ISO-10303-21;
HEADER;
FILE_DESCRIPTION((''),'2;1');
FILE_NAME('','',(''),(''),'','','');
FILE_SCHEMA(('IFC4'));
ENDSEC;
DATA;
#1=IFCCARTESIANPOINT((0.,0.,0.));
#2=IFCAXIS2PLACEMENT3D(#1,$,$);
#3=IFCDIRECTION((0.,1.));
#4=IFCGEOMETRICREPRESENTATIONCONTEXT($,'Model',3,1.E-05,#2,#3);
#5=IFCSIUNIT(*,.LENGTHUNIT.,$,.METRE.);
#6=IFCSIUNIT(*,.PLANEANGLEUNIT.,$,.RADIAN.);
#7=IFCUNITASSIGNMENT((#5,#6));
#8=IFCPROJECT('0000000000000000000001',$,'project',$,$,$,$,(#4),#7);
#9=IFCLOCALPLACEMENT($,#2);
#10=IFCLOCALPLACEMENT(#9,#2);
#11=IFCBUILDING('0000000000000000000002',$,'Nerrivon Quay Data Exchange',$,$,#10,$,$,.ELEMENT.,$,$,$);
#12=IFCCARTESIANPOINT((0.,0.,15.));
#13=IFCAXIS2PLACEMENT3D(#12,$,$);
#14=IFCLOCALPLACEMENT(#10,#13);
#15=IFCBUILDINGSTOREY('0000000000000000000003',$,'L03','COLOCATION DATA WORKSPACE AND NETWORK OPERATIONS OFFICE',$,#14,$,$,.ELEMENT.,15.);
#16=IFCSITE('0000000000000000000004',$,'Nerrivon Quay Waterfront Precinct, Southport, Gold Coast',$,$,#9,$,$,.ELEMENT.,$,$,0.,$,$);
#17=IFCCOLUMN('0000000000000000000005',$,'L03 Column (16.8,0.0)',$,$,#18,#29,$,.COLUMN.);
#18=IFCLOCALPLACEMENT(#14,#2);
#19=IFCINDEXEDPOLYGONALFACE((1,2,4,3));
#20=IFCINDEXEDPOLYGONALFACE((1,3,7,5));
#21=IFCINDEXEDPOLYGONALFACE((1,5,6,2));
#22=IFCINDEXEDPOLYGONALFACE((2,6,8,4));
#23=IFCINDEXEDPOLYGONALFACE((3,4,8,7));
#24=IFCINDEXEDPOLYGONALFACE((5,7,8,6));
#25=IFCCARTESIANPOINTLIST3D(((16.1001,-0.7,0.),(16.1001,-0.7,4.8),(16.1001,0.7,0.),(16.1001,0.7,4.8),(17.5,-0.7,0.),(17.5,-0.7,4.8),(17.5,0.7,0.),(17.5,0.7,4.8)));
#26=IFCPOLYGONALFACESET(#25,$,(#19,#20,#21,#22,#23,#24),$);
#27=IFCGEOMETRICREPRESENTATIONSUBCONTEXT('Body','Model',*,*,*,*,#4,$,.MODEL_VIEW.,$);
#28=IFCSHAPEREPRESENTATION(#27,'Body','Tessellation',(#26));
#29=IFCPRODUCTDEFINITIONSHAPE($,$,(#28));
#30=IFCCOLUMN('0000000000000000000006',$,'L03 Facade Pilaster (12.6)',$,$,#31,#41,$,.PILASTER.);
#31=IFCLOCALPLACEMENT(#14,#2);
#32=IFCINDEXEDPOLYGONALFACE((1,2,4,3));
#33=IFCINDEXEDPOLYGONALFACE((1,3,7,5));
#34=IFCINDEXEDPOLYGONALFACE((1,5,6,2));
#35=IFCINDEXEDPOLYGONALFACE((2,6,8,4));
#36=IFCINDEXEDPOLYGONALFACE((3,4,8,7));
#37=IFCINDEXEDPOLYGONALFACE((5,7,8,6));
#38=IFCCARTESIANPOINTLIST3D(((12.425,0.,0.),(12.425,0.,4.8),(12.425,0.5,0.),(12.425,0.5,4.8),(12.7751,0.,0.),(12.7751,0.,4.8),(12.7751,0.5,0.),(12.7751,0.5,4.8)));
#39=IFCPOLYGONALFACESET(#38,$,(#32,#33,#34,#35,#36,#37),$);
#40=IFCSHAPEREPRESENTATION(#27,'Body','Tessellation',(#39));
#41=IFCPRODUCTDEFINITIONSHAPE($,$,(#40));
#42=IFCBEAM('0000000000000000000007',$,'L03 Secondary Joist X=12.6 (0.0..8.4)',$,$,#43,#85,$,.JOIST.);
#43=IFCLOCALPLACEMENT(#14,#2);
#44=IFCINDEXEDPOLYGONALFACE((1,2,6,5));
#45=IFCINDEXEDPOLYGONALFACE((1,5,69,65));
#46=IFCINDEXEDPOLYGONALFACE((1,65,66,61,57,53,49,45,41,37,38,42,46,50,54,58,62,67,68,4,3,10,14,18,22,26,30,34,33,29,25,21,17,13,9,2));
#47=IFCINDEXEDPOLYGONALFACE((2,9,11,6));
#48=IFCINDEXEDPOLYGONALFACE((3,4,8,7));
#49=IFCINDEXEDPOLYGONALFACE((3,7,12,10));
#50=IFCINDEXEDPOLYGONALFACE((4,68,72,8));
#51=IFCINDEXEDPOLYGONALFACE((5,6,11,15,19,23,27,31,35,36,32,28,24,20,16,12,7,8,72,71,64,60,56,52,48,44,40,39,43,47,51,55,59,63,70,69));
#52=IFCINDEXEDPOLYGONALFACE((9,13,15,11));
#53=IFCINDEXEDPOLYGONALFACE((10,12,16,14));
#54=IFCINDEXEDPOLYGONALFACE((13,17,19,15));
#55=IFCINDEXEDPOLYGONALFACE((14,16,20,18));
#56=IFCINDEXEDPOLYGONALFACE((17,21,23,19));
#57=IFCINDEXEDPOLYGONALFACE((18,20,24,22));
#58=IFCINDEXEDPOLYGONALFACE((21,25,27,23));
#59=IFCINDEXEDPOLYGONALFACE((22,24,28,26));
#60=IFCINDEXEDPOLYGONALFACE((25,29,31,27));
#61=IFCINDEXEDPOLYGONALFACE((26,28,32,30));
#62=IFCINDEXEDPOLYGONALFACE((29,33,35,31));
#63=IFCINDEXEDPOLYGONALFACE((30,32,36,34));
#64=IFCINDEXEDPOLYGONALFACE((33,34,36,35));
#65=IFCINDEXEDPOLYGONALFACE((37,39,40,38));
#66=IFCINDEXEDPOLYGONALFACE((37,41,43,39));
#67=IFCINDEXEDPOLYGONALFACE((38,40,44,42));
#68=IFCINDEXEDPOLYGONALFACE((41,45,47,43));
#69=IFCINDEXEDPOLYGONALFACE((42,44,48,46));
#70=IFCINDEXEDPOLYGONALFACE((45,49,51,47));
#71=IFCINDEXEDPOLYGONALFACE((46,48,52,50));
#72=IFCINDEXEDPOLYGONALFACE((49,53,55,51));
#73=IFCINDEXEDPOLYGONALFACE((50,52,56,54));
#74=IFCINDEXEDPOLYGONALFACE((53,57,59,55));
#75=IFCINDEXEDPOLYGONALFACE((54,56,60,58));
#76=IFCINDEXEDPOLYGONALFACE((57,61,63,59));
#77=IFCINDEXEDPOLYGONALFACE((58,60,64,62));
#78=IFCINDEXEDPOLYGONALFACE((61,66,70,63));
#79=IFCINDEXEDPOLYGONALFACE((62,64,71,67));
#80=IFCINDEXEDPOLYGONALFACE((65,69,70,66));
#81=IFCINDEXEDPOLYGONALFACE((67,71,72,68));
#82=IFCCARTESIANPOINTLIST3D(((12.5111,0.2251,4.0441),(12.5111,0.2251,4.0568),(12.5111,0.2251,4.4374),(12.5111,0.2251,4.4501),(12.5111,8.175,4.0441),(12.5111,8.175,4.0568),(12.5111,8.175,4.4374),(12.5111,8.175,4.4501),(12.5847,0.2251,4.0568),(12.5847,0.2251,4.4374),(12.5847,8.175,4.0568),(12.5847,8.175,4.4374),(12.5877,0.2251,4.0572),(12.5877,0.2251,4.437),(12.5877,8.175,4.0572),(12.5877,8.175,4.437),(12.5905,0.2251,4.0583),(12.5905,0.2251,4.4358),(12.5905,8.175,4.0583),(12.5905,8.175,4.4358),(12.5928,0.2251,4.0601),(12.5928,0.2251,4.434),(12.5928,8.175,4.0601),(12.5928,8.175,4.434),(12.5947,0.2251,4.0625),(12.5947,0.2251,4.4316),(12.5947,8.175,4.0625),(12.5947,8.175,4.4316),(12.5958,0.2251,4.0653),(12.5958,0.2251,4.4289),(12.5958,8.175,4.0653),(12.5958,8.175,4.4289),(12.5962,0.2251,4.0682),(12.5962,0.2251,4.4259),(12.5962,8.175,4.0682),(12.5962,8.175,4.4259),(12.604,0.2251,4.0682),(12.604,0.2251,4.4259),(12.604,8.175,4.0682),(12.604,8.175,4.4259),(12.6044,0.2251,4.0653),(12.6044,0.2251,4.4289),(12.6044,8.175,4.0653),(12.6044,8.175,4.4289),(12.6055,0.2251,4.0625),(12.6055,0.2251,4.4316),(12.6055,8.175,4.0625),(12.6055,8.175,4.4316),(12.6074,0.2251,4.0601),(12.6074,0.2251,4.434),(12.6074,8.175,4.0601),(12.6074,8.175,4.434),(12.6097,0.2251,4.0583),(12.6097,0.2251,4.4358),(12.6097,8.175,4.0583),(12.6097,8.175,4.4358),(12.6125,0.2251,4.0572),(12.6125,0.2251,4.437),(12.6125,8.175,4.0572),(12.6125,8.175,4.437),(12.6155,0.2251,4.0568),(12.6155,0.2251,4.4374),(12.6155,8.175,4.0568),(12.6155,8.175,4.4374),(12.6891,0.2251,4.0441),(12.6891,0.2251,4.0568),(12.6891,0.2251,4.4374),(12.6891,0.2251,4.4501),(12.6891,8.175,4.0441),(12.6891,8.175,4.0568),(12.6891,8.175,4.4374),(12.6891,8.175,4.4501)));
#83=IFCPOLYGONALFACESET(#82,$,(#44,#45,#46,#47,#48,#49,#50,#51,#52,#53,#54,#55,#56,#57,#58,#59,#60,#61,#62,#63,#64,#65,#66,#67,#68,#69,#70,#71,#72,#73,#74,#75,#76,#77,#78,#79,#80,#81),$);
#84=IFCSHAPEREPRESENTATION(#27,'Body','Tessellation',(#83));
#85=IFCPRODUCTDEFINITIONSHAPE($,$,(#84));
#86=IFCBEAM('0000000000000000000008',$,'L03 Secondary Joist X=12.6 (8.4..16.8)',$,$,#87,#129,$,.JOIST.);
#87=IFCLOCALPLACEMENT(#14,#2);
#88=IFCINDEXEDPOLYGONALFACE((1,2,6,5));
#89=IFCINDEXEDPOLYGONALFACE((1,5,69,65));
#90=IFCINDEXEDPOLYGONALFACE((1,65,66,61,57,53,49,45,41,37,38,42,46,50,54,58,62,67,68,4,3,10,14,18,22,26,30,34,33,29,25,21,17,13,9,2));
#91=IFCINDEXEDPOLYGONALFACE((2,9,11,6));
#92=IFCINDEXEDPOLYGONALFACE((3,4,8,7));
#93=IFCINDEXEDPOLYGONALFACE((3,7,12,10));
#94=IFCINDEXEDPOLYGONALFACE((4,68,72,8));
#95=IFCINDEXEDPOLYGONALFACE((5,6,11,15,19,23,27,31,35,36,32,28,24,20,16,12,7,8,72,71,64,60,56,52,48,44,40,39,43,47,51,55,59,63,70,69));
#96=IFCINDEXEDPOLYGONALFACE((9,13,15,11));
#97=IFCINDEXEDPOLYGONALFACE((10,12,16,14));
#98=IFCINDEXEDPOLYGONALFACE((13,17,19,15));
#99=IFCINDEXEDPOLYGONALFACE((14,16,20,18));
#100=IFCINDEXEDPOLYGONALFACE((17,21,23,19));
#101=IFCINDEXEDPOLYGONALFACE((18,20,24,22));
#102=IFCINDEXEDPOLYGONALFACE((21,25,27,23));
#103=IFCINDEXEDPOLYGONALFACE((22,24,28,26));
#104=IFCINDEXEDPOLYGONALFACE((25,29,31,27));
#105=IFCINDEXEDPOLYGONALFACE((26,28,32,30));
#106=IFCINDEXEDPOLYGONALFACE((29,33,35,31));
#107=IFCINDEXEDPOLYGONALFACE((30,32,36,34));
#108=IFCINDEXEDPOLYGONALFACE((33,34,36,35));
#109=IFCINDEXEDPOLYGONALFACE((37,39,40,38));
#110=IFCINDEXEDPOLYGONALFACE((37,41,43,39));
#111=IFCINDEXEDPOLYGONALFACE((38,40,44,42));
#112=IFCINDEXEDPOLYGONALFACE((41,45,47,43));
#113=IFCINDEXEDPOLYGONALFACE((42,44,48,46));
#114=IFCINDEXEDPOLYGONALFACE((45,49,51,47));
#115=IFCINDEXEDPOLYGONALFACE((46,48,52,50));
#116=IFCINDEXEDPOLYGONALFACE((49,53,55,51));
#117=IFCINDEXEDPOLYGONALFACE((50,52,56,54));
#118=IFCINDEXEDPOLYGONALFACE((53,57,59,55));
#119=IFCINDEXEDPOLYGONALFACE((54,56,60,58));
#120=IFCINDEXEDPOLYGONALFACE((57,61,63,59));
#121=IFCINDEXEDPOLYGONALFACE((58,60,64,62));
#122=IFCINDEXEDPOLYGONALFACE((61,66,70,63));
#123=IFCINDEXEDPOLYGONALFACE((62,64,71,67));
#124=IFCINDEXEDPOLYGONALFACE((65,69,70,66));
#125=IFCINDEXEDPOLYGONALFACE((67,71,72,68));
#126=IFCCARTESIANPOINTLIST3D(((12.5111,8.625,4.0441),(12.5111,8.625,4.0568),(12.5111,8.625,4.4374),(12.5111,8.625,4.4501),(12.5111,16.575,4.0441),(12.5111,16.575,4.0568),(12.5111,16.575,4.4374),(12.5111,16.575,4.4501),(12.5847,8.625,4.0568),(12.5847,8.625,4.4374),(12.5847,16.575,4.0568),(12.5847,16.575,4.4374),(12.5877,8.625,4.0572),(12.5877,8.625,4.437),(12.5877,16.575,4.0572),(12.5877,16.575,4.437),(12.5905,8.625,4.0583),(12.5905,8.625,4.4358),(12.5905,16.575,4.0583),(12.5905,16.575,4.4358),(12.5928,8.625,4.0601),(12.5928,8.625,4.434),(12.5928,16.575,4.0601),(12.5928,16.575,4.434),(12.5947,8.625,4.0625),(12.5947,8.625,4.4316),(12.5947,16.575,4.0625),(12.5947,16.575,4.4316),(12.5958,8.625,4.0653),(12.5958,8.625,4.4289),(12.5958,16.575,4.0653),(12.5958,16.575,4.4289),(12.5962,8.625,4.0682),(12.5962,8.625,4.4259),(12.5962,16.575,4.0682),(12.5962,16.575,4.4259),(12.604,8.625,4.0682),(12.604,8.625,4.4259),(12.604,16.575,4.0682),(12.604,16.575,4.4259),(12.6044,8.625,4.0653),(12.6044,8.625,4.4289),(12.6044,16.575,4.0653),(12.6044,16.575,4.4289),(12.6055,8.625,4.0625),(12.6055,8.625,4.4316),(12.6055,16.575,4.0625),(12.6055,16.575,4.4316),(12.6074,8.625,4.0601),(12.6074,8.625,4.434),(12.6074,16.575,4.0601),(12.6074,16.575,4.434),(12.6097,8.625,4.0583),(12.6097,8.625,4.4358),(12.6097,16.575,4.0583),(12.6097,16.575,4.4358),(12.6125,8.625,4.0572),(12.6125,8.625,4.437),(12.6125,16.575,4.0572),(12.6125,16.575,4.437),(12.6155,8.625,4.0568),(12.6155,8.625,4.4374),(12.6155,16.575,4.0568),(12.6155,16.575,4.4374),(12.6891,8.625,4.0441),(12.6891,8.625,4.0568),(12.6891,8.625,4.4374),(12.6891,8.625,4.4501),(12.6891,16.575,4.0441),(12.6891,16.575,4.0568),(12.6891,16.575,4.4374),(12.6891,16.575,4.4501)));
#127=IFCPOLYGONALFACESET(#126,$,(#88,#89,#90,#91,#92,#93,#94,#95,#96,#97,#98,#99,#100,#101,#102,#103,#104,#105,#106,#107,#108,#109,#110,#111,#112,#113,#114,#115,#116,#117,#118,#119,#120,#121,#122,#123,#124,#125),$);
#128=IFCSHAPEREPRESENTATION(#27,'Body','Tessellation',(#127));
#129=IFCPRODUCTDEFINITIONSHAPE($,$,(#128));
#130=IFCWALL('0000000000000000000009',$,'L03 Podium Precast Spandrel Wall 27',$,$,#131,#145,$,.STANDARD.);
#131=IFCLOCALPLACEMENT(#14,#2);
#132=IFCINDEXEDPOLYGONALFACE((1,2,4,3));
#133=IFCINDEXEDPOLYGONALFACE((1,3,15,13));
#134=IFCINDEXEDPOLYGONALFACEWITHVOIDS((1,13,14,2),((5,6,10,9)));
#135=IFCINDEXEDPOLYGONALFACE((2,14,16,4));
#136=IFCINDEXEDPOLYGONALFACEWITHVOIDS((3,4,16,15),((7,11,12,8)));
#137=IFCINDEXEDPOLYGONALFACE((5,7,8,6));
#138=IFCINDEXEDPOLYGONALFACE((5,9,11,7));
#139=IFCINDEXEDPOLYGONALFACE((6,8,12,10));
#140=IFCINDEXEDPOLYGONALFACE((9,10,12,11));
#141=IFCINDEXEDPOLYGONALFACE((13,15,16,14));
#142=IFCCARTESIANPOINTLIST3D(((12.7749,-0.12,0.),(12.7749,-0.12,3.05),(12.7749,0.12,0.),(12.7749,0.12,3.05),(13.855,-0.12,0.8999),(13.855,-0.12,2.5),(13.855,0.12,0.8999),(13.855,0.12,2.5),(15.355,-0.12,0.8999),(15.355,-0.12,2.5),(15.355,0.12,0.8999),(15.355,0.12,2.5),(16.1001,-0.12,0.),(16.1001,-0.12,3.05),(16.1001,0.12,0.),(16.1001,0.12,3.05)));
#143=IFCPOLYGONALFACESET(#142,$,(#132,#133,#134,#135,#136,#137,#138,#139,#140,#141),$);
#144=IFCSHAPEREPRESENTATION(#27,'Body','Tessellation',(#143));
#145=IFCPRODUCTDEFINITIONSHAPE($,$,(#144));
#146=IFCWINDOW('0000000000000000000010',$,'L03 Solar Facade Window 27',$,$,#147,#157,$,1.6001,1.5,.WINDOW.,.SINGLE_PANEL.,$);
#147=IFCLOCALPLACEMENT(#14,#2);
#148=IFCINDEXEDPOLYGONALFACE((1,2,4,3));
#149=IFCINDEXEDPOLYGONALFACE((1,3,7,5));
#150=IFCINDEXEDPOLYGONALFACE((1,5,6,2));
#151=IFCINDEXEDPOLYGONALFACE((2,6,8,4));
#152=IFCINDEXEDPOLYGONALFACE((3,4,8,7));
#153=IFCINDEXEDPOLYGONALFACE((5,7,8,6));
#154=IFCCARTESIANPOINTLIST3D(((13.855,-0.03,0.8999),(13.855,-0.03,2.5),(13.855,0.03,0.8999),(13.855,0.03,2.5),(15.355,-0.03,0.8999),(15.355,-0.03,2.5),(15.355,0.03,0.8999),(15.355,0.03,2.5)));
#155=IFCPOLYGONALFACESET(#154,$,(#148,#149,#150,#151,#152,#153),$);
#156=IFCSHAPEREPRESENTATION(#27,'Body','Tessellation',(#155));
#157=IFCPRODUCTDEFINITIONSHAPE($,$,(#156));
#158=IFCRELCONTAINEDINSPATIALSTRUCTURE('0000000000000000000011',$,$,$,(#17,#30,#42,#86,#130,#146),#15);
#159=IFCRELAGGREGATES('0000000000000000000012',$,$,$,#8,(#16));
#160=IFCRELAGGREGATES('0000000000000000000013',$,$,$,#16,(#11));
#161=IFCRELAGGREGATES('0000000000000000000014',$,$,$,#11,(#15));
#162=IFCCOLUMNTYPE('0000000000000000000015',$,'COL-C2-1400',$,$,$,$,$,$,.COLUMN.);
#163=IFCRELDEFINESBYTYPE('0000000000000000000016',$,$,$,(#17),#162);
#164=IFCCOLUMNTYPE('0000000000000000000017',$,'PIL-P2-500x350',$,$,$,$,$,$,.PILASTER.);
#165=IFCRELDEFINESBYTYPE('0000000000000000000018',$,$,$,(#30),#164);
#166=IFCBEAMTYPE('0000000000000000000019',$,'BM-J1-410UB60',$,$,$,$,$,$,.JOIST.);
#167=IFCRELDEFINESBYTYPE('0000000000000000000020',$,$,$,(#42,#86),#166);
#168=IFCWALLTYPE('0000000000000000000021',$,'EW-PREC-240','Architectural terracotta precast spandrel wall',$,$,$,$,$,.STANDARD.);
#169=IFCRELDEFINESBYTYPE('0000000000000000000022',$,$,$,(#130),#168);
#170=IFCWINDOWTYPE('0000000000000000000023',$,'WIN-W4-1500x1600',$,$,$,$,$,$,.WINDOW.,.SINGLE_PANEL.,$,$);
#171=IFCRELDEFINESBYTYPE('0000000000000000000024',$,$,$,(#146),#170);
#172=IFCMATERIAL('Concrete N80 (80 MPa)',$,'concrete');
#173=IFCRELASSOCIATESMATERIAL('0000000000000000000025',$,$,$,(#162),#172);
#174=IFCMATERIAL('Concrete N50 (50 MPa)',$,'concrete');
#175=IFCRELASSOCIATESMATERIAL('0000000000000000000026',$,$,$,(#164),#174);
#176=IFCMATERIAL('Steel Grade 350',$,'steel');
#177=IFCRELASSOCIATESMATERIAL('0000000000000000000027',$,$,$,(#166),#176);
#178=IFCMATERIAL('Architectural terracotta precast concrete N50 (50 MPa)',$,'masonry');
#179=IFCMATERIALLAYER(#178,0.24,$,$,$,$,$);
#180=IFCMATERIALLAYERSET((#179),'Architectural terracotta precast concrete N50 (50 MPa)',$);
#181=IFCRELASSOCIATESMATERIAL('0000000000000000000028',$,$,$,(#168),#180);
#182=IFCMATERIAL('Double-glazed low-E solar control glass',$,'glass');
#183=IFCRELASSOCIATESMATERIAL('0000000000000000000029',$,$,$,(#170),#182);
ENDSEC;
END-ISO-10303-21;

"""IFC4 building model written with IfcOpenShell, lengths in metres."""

from ifc_helpers import new_model, si_unit, direction, frame, frame_2d, origin, origin_2d, place, context, subcontext, project, spatial, rectangle, i_section, extrude, material, layer, layer_set, material_profile, profile_set, type_object, element, fill, save


model = new_model("IFC4")

# Units and contexts
model_context = context("Model", 3, precision=1e-05, world=origin(), true_north=direction((0.0, 1.0)))
body_context = subcontext(model_context, "Body", "Model", "MODEL_VIEW")
ifc_project = project(units=[si_unit("LENGTHUNIT", "METRE"), si_unit("PLANEANGLEUNIT", "RADIAN")], contexts=[model_context])

# Site, building, storey
site_placement = place(None, origin())
site = spatial("IfcSite", under=ifc_project, at=site_placement, Name="Nerrivon Quay Waterfront Precinct, Southport, Gold Coast", CompositionType="ELEMENT", RefElevation=0.0)
building_placement = place(site_placement, origin())
building = spatial("IfcBuilding", under=site, at=building_placement, Name="Nerrivon Quay Data Exchange", CompositionType="ELEMENT")
storey_placement = place(building_placement, frame((0.0, 0.0, 15.0)))
storey = spatial("IfcBuildingStorey", under=building, at=storey_placement, Name="L03", Description="COLOCATION DATA WORKSPACE AND NETWORK OPERATIONS OFFICE", CompositionType="ELEMENT", Elevation=15.0)

# Columns
ifc_material_1 = material(Name="Concrete N80 (80 MPa)", Category="concrete")
ifc_material_profile_1 = material_profile(ifc_material_1, rectangle(XDim=1.3999, YDim=1.3999, at=origin_2d()), Name="RC-COL-1400x1400")
ifc_profile_set_1 = profile_set([ifc_material_profile_1], Name="Concrete N80 (80 MPa)")
column_type_1 = type_object("IfcColumnType", Name="COL-C2-1400", PredefinedType="COLUMN", material=ifc_profile_set_1)
column_1_placement = place(storey_placement, frame((16.8, 0.0, 0.0), z_axis=(0.0, 0.0, 1.0), x_axis=(1.0, 0.0, 0.0)))
element("IfcColumn", 1, at=column_1_placement, inside=storey, type_object=column_type_1, Name="L03 Column (16.8,0.0)", PredefinedType="COLUMN", context=body_context, shape_type="SweptSolid", body=[
    extrude(rectangle(XDim=1.3999, YDim=1.3999, at=origin_2d()), origin(), (0.0, 0.0, 1.0), 4.8),
])
ifc_material_2 = material(Name="Concrete N50 (50 MPa)", Category="concrete")
ifc_material_profile_2 = material_profile(ifc_material_2, rectangle(XDim=0.3501, YDim=0.5, at=origin_2d()), Name="RC-PIL-500x350")
ifc_profile_set_2 = profile_set([ifc_material_profile_2], Name="Concrete N50 (50 MPa)")
column_type_2 = type_object("IfcColumnType", Name="PIL-P2-500x350", PredefinedType="PILASTER", material=ifc_profile_set_2)
column_2_placement = place(storey_placement, frame((12.6001, 0.25, 0.0), z_axis=(0.0, 0.0, 1.0), x_axis=(1.0, 0.0, 0.0)))
element("IfcColumn", 2, at=column_2_placement, inside=storey, type_object=column_type_2, Name="L03 Facade Pilaster (12.6)", PredefinedType="PILASTER", context=body_context, shape_type="SweptSolid", body=[
    extrude(rectangle(XDim=0.3501, YDim=0.5, at=origin_2d()), origin(), (0.0, 0.0, 1.0), 4.8),
])

# Beams
ifc_material_3 = material(Name="Steel Grade 350", Category="steel")
ifc_material_profile_3 = material_profile(ifc_material_3, i_section(OverallWidth=0.178, OverallDepth=0.406, WebThickness=0.0078, FlangeThickness=0.0127, FilletRadius=0.0115, at=origin_2d()), Name="410UB59.7")
ifc_profile_set_3 = profile_set([ifc_material_profile_3], Name="Steel Grade 350")
beam_type = type_object("IfcBeamType", Name="BM-J1-410UB60", PredefinedType="JOIST", material=ifc_profile_set_3)
for number, where, z_axis, x_axis, name in (
    (3, (12.6001, 0.2251, 4.2471), (0.0, 1.0, 0.0), (-1.0, 0.0, 0.0), "L03 Secondary Joist X=12.6 (0.0..8.4)"),
    (4, (12.6001, 8.625, 4.2471), (0.0, 1.0, 0.0), (-1.0, 0.0, 0.0), "L03 Secondary Joist X=12.6 (8.4..16.8)"),
):
    element("IfcBeam", number, at=place(storey_placement, frame(where, z_axis=z_axis, x_axis=x_axis)), inside=storey, type_object=beam_type, Name=name, PredefinedType="JOIST", context=body_context, shape_type="SweptSolid", body=[
        extrude(i_section(OverallWidth=0.178, OverallDepth=0.406, WebThickness=0.0078, FlangeThickness=0.0127, FilletRadius=0.0115, at=origin_2d()), origin(), (0.0, 0.0, 1.0), 7.95),
    ])

# Wall, opening, window
ifc_material_4 = material(Name="Architectural terracotta precast concrete N50 (50 MPa)", Category="masonry")
ifc_layer_1 = layer(ifc_material_4, 0.24)
ifc_layer_set_1 = layer_set([ifc_layer_1], Name="Architectural terracotta precast concrete N50 (50 MPa)")
wall_type_1 = type_object("IfcWallType", Name="EW-PREC-240", Description="Architectural terracotta precast spandrel wall", PredefinedType="STANDARD", material=ifc_layer_set_1)
wall_1_placement = place(storey_placement, frame((16.1001, 0.0, 0.0), z_axis=(0.0, 0.0, 1.0), x_axis=(-1.0, 0.0, 0.0)))
wall_1 = element("IfcWall", 5, at=wall_1_placement, inside=storey, type_object=wall_type_1, Name="L03 Podium Precast Spandrel Wall 27", PredefinedType="STANDARD", context=body_context, shape_type="SweptSolid", body=[
    extrude(rectangle(XDim=3.3252, YDim=0.24, at=frame_2d((1.6626, 0.0))), origin(), (0.0, 0.0, 1.0), 3.05),
])
opening_1_placement = place(wall_1_placement, frame((0.7451, 0.0, 0.8999)))
opening_1 = element("IfcOpeningElement", 6, at=opening_1_placement, cuts=wall_1, PredefinedType="OPENING", context=body_context, shape_type="SweptSolid", body=[
    extrude(rectangle(XDim=1.5, YDim=1.6001, at=frame_2d((0.75, 0.8))), frame((0.0, 0.1299, 0.0), z_axis=(0.0, -1.0, 0.0), x_axis=(1.0, 0.0, 0.0)), (0.0, 0.0, 1.0), 0.26),
])
ifc_material_5 = material(Name="Double-glazed low-E solar control glass", Category="glass")
window_type_1 = type_object("IfcWindowType", Name="WIN-W4-1500x1600", PartitioningType="SINGLE_PANEL", PredefinedType="WINDOW", material=ifc_material_5)
window_1_placement = place(opening_1_placement, origin())
window_1 = element("IfcWindow", 7, at=window_1_placement, inside=storey, type_object=window_type_1, Name="L03 Solar Facade Window 27", OverallHeight=1.6001, OverallWidth=1.5, PartitioningType="SINGLE_PANEL", PredefinedType="WINDOW", context=body_context, shape_type="SweptSolid", body=[
    extrude(rectangle(XDim=1.5, YDim=1.6001, at=frame_2d((0.75, 0.8))), frame((0.0, 0.03, 0.0), z_axis=(0.0, -1.0, 0.0), x_axis=(1.0, 0.0, 0.0)), (0.0, 0.0, 1.0), 0.0601),
])
fill(opening_1, window_1)

save(model, "model.ifc")
